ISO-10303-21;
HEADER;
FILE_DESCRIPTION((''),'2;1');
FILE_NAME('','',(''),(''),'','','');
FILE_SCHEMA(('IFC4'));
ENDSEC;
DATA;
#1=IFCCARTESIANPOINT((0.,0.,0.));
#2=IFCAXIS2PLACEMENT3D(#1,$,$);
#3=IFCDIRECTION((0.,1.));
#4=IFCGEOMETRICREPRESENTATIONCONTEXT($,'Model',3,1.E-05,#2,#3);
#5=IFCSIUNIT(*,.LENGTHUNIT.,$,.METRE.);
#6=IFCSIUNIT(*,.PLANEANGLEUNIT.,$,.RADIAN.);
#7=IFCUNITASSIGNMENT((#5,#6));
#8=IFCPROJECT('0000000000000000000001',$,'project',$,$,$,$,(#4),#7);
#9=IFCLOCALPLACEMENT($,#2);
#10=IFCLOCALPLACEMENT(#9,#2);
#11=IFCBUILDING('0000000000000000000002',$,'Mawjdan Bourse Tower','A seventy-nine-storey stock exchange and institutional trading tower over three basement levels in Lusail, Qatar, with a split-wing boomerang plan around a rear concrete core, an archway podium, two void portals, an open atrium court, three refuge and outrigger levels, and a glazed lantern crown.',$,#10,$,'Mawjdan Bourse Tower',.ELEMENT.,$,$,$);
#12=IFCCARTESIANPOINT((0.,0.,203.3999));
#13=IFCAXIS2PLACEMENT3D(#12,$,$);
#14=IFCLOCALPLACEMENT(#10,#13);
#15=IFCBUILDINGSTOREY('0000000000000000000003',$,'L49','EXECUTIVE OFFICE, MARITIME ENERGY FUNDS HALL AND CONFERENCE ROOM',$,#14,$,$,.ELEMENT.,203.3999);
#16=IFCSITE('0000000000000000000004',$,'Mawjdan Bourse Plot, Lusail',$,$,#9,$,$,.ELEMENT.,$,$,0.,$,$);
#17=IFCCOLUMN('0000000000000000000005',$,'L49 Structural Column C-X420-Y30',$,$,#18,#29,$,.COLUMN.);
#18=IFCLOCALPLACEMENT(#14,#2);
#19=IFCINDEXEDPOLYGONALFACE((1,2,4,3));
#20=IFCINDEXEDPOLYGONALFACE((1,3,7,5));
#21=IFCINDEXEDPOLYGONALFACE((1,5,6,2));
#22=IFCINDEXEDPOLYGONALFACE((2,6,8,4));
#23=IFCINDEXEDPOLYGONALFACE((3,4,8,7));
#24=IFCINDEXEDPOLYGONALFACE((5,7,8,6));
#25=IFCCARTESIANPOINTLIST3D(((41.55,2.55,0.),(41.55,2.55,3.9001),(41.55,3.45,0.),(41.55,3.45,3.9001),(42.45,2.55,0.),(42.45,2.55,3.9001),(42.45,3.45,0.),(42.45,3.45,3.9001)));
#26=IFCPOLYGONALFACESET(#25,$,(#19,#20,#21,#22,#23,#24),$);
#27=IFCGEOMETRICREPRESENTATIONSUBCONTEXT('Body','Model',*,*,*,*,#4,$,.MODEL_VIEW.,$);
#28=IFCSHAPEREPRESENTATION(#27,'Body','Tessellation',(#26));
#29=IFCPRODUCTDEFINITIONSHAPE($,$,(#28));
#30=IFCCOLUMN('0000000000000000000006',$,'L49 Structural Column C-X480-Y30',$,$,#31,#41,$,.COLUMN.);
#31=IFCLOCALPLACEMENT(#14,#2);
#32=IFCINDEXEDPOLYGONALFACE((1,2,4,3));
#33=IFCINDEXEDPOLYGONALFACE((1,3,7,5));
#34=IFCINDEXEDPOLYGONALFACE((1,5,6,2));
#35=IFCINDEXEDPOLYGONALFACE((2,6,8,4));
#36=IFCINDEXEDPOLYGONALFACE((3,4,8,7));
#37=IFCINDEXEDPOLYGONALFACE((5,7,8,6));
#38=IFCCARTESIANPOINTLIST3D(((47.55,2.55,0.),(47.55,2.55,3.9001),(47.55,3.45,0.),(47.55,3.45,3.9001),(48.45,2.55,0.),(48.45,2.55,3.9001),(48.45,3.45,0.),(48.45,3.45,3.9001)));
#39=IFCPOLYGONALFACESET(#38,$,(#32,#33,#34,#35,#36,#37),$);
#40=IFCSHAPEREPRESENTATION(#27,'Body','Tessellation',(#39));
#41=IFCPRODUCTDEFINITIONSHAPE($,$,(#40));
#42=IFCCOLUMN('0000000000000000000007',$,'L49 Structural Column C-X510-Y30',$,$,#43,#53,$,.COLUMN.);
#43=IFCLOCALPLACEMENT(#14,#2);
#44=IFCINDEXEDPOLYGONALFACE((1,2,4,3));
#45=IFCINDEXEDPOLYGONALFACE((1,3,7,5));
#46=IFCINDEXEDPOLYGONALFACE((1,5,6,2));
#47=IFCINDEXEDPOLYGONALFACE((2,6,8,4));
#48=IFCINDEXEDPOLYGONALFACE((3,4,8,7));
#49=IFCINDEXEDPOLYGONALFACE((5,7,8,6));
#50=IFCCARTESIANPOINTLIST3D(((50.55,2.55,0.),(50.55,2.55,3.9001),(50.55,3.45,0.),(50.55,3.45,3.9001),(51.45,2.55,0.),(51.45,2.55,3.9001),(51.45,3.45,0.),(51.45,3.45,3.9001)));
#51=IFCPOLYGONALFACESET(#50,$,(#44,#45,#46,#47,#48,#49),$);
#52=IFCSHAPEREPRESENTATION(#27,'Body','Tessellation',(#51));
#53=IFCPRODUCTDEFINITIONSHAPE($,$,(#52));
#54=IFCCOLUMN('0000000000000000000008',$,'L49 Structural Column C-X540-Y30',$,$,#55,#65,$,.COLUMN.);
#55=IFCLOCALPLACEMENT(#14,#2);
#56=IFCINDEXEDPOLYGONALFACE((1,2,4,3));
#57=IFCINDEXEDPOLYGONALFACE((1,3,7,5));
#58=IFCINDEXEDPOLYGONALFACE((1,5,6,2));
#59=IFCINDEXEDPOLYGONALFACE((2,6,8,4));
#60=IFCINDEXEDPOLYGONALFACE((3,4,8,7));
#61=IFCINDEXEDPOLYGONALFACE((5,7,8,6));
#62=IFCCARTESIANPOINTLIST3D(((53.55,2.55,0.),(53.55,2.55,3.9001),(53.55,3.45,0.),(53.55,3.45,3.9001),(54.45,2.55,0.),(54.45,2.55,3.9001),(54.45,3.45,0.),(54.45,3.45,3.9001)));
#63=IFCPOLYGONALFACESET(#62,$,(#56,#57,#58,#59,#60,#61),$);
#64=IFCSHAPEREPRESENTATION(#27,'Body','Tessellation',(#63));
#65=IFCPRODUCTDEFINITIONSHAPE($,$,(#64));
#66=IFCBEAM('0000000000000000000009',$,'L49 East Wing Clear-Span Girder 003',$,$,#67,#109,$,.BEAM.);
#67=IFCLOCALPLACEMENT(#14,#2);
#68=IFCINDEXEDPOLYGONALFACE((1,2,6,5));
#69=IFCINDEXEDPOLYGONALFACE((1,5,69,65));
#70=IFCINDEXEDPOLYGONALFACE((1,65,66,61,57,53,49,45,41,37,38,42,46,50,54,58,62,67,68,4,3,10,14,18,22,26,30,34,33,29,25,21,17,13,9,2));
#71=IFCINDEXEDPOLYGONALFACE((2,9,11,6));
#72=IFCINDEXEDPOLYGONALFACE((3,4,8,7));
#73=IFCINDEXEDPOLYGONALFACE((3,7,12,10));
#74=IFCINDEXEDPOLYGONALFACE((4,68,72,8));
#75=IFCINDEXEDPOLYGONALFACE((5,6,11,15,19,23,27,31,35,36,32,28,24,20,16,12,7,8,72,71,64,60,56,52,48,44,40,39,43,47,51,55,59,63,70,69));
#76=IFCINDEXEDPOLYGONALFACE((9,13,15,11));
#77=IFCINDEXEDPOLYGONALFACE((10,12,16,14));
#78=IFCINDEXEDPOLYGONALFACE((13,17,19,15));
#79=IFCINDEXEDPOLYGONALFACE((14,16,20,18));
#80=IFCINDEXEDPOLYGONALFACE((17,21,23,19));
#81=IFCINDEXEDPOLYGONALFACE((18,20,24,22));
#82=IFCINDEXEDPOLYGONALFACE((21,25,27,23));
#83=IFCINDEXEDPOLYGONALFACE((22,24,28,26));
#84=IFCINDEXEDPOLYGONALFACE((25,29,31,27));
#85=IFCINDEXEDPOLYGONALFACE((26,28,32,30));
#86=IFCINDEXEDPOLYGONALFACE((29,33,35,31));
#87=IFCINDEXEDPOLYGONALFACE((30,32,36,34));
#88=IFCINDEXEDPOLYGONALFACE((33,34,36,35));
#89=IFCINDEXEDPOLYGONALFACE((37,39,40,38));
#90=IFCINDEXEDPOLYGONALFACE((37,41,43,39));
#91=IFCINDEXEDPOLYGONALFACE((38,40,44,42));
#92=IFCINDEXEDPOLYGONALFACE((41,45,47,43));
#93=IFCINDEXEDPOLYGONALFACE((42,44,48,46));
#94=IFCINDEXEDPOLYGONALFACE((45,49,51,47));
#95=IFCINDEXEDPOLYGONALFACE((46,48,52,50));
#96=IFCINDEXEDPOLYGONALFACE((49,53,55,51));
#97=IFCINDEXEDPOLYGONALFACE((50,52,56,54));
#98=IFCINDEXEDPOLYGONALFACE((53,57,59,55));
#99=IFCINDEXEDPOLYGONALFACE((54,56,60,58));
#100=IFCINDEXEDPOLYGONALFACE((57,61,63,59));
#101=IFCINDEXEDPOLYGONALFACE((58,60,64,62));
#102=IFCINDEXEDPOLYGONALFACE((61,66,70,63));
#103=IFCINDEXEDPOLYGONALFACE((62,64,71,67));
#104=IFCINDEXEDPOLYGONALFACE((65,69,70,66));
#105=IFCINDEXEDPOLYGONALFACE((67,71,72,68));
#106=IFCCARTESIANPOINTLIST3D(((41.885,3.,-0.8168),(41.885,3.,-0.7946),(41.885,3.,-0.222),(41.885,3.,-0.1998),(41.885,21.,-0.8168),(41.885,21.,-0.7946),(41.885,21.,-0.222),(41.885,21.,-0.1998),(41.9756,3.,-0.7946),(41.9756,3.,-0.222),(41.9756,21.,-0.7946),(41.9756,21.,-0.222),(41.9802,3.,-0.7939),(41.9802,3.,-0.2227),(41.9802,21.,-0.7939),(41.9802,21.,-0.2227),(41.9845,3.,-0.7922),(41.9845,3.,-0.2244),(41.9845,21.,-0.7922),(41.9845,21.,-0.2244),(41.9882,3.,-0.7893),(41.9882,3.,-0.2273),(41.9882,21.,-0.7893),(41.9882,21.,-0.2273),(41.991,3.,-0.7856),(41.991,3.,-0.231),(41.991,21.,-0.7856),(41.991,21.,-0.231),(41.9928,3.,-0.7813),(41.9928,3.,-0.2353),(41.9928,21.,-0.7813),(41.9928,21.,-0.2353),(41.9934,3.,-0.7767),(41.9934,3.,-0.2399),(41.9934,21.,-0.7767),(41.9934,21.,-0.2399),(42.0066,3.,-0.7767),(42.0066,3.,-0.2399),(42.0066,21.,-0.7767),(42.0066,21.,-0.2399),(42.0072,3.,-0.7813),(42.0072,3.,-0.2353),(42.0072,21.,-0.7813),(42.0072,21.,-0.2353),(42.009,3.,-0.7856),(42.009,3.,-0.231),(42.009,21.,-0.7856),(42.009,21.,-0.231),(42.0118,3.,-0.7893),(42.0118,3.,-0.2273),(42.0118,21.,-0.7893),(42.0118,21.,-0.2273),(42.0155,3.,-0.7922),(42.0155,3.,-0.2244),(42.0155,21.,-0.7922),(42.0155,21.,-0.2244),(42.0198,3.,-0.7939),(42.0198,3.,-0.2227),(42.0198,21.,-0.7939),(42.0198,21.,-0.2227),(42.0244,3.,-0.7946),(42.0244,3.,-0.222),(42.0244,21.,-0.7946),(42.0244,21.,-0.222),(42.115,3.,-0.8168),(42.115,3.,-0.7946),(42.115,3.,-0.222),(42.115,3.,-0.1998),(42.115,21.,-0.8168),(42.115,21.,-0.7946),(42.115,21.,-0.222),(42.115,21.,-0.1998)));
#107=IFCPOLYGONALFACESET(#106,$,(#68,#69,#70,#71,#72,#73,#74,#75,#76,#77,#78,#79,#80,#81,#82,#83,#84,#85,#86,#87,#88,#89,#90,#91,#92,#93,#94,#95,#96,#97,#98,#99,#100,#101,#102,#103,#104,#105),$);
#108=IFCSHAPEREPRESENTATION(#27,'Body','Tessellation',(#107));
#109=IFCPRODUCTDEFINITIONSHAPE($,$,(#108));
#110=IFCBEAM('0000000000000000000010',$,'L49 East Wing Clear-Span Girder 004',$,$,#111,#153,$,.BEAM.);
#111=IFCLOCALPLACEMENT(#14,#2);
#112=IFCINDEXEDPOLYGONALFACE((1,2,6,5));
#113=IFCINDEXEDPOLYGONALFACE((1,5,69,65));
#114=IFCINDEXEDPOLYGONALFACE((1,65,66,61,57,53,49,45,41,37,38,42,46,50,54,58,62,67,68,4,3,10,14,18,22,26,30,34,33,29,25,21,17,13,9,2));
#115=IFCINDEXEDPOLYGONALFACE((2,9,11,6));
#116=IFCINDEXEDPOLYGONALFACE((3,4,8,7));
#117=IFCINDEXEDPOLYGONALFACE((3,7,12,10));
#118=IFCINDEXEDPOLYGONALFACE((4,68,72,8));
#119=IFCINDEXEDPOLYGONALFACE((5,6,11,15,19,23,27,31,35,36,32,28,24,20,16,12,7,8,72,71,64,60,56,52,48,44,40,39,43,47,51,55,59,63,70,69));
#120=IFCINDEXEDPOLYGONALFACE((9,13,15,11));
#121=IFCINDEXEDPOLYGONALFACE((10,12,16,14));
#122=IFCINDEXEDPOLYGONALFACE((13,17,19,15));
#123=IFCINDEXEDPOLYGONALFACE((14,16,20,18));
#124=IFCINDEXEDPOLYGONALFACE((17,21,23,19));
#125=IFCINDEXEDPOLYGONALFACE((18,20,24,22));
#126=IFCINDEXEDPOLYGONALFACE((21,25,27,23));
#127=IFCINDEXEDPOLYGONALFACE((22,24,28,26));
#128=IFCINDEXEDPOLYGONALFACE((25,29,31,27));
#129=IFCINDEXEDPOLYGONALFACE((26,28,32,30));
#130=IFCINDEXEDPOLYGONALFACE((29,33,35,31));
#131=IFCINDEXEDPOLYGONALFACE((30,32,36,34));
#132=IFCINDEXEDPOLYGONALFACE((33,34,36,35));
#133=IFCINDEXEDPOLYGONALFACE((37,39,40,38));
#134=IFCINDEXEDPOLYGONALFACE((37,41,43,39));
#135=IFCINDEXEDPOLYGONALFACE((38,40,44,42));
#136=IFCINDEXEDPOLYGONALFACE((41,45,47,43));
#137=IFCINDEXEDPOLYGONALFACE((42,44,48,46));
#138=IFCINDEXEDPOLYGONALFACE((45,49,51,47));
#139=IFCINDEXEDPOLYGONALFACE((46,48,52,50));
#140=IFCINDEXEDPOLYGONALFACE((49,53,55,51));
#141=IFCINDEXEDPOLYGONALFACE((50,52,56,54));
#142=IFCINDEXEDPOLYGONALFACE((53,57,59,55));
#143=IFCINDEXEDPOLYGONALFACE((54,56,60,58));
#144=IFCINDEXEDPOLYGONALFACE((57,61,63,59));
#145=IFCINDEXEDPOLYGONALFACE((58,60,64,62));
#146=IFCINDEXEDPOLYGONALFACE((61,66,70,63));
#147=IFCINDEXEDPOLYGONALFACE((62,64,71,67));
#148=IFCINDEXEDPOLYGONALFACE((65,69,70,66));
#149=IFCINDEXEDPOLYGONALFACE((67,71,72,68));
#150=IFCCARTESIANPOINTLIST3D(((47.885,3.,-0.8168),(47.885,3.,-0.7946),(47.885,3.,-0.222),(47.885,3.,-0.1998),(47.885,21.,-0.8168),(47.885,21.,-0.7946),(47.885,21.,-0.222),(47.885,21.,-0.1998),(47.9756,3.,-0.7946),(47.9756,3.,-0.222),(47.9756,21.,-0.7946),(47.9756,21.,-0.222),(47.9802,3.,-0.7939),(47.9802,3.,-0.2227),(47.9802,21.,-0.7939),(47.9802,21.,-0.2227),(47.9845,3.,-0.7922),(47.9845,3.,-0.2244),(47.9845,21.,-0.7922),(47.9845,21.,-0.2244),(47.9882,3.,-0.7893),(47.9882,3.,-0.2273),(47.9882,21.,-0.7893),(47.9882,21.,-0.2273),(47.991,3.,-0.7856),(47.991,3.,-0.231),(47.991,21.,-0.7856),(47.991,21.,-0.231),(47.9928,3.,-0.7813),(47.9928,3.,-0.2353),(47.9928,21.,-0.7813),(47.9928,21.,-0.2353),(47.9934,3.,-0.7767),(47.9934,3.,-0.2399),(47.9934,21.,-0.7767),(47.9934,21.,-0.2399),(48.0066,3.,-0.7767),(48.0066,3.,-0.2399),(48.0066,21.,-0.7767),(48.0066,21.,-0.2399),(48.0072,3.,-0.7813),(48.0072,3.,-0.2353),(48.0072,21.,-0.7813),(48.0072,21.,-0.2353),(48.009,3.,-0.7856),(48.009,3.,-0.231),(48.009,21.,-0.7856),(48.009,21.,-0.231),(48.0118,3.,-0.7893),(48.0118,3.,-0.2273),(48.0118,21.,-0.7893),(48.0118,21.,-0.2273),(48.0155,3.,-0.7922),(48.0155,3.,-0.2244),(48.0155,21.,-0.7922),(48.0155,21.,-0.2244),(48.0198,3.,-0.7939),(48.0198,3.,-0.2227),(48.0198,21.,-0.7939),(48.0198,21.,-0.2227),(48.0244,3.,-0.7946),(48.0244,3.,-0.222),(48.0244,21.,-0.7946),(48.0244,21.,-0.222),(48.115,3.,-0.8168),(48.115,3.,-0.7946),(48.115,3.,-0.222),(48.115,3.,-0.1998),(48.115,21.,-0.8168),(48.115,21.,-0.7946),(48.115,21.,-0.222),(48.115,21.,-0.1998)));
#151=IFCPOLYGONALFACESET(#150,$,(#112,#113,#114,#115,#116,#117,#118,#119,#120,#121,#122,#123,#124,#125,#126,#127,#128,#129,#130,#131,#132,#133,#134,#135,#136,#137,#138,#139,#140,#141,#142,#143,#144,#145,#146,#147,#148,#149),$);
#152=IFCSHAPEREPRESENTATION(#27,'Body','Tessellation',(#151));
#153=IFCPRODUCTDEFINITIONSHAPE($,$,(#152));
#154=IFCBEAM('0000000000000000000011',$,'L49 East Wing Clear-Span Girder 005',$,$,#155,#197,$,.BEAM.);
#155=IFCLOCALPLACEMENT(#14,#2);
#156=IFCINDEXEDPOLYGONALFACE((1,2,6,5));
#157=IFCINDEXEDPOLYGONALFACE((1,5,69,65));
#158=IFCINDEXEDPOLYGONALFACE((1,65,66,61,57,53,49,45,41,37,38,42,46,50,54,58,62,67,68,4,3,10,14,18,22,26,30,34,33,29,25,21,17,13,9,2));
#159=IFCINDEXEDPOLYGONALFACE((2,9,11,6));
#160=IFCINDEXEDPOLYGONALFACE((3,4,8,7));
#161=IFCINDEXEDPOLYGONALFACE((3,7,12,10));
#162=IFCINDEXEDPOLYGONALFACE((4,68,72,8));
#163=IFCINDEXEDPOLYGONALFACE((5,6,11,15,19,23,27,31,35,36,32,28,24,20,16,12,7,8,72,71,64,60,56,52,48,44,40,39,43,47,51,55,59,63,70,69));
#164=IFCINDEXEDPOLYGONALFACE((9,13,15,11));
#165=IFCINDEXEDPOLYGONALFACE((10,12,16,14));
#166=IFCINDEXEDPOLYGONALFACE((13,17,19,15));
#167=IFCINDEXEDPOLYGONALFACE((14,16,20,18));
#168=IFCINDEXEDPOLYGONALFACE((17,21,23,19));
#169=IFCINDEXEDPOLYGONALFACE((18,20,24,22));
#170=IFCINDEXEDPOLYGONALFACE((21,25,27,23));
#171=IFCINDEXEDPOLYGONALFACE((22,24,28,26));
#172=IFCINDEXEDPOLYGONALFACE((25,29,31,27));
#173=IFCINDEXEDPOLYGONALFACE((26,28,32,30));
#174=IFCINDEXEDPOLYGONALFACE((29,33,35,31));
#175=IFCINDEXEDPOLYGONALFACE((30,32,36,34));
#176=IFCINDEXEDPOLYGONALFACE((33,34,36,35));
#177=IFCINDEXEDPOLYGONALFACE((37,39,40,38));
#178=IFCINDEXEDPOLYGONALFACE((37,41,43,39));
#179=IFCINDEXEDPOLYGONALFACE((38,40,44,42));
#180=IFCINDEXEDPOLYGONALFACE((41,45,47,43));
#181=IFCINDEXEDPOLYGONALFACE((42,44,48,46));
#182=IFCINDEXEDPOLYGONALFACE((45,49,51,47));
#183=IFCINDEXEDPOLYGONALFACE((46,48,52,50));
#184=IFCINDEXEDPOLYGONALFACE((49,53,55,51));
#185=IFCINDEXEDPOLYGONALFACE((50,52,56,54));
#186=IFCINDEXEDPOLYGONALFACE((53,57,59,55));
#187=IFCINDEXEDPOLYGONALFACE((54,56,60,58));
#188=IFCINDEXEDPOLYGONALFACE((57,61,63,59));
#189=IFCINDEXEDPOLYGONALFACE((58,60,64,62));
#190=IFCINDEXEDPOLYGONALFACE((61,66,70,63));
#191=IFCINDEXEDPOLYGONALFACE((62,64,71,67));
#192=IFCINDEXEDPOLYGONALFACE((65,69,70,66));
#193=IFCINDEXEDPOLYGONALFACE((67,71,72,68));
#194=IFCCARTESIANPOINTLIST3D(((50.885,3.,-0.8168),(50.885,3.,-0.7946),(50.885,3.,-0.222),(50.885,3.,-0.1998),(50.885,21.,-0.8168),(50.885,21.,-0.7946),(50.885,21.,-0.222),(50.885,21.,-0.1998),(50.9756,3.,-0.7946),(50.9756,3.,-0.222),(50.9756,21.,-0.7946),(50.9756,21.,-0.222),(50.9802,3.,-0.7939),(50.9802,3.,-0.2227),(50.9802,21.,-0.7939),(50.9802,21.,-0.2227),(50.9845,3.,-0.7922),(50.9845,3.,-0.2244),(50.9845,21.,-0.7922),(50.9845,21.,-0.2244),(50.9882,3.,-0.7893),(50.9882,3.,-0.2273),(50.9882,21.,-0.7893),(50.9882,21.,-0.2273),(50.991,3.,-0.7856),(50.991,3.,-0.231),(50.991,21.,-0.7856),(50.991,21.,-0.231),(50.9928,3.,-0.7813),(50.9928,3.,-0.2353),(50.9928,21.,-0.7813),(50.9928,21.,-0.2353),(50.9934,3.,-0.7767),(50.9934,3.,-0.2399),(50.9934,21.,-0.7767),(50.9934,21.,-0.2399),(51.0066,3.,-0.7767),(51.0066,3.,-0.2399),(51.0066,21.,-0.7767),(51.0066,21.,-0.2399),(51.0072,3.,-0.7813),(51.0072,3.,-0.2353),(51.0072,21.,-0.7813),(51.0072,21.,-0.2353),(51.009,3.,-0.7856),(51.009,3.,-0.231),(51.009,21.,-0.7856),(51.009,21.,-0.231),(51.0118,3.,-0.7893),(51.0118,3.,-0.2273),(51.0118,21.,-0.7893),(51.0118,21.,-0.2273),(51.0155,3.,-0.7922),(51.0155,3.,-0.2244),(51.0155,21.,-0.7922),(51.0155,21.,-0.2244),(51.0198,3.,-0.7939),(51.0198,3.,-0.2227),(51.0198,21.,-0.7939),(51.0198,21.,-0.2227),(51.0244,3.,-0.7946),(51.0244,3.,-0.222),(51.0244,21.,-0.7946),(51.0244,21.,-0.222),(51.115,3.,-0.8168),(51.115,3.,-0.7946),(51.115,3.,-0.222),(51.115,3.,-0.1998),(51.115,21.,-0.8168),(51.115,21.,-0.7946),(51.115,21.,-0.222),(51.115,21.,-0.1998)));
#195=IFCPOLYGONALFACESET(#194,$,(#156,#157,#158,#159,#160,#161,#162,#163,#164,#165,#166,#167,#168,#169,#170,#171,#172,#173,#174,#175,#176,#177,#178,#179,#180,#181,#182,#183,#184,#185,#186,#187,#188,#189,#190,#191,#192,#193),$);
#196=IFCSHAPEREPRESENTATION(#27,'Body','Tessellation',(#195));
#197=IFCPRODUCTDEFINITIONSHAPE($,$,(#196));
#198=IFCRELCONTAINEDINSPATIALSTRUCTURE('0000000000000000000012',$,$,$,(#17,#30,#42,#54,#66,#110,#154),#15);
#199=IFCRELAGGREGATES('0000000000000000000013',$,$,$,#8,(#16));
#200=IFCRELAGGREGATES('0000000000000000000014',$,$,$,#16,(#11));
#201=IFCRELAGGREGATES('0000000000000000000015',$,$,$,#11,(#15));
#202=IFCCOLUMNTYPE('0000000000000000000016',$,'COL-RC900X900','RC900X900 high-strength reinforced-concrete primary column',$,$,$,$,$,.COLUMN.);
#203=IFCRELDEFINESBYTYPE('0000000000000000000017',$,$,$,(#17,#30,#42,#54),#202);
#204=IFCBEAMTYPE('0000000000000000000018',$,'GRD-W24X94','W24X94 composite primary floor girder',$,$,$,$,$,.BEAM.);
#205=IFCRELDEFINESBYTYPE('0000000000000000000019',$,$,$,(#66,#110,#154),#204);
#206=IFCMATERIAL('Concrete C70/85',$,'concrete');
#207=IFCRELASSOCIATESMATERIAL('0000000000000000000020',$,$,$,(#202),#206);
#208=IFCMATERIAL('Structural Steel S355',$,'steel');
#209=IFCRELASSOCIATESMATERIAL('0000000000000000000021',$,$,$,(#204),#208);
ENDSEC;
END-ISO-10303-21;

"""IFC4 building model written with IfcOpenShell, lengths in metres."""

from ifc_helpers import new_model, si_unit, direction, frame, origin, origin_2d, place, context, subcontext, project, spatial, rectangle, i_section, extrude, material, material_profile, profile_set, type_object, element, save


model = new_model("IFC4")

# Units and contexts
model_context = context("Model", 3, precision=1e-05, world=origin(), true_north=direction((0.0, 1.0)))
body_context = subcontext(model_context, "Body", "Model", "MODEL_VIEW")
ifc_project = project(units=[si_unit("LENGTHUNIT", "METRE"), si_unit("PLANEANGLEUNIT", "RADIAN")], contexts=[model_context])

# Site, building, storey
site_placement = place(None, origin())
site = spatial("IfcSite", under=ifc_project, at=site_placement, Name="Mawjdan Bourse Plot, Lusail", CompositionType="ELEMENT", RefElevation=0.0)
building_placement = place(site_placement, origin())
building = spatial("IfcBuilding", under=site, at=building_placement, Name="Mawjdan Bourse Tower", Description="A seventy-nine-storey stock exchange and institutional trading tower over three basement levels in Lusail, Qatar, with a split-wing boomerang plan around a rear concrete core, an archway podium, two void portals, an open atrium court, three refuge and outrigger levels, and a glazed lantern crown.", LongName="Mawjdan Bourse Tower", CompositionType="ELEMENT")
storey_placement = place(building_placement, frame((0.0, 0.0, 203.3999)))
storey = spatial("IfcBuildingStorey", under=building, at=storey_placement, Name="L49", Description="EXECUTIVE OFFICE, MARITIME ENERGY FUNDS HALL AND CONFERENCE ROOM", CompositionType="ELEMENT", Elevation=203.3999)

# Columns
ifc_material_1 = material(Name="Concrete C70/85", Category="concrete")
ifc_material_profile_1 = material_profile(ifc_material_1, rectangle(XDim=0.8999, YDim=0.8999, at=origin_2d()), Name="RC900X900")
ifc_profile_set_1 = profile_set([ifc_material_profile_1], Name="Concrete C70/85")
column_type = type_object("IfcColumnType", Name="COL-RC900X900", Description="RC900X900 high-strength reinforced-concrete primary column", PredefinedType="COLUMN", material=ifc_profile_set_1)
for number, where, z_axis, x_axis, name in (
    (1, (42.0, 3.0, 0.0), (0.0, 0.0, 1.0), (1.0, 0.0, 0.0), "L49 Structural Column C-X420-Y30"),
    (2, (48.0, 3.0, 0.0), (0.0, 0.0, 1.0), (1.0, 0.0, 0.0), "L49 Structural Column C-X480-Y30"),
    (3, (51.0, 3.0, 0.0), (0.0, 0.0, 1.0), (1.0, 0.0, 0.0), "L49 Structural Column C-X510-Y30"),
    (4, (54.0, 3.0, 0.0), (0.0, 0.0, 1.0), (1.0, 0.0, 0.0), "L49 Structural Column C-X540-Y30"),
):
    element("IfcColumn", number, at=place(storey_placement, frame(where, z_axis=z_axis, x_axis=x_axis)), inside=storey, type_object=column_type, Name=name, PredefinedType="COLUMN", context=body_context, shape_type="SweptSolid", body=[
        extrude(rectangle(XDim=0.8999, YDim=0.8999, at=origin_2d()), origin(), (0.0, 0.0, 1.0), 3.9001),
    ])

# Beams
ifc_material_2 = material(Name="Structural Steel S355", Category="steel")
ifc_material_profile_2 = material_profile(ifc_material_2, i_section(OverallWidth=0.23, OverallDepth=0.6169, WebThickness=0.0132, FlangeThickness=0.0222, FilletRadius=0.0178, at=origin_2d()), Name="W24X94")
ifc_profile_set_2 = profile_set([ifc_material_profile_2], Name="Structural Steel S355")
beam_type_1 = type_object("IfcBeamType", Name="GRD-W24X94", Description="W24X94 composite primary floor girder", PredefinedType="BEAM", material=ifc_profile_set_2)
for number, where, z_axis, x_axis, name in (
    (5, (42.0, 3.0, -0.5083), (0.0, 1.0, 0.0), (-1.0, 0.0, 0.0), "L49 East Wing Clear-Span Girder 003"),
    (6, (48.0, 3.0, -0.5083), (0.0, 1.0, 0.0), (-1.0, 0.0, 0.0), "L49 East Wing Clear-Span Girder 004"),
    (7, (51.0, 3.0, -0.5083), (0.0, 1.0, 0.0), (-1.0, 0.0, 0.0), "L49 East Wing Clear-Span Girder 005"),
):
    element("IfcBeam", number, at=place(storey_placement, frame(where, z_axis=z_axis, x_axis=x_axis)), inside=storey, type_object=beam_type_1, Name=name, PredefinedType="BEAM", context=body_context, shape_type="SweptSolid", body=[
        extrude(i_section(OverallWidth=0.23, OverallDepth=0.6169, WebThickness=0.0132, FlangeThickness=0.0222, FilletRadius=0.0178, at=origin_2d()), origin(), (0.0, 0.0, 1.0), 18.0),
    ])

save(model, "model.ifc")
